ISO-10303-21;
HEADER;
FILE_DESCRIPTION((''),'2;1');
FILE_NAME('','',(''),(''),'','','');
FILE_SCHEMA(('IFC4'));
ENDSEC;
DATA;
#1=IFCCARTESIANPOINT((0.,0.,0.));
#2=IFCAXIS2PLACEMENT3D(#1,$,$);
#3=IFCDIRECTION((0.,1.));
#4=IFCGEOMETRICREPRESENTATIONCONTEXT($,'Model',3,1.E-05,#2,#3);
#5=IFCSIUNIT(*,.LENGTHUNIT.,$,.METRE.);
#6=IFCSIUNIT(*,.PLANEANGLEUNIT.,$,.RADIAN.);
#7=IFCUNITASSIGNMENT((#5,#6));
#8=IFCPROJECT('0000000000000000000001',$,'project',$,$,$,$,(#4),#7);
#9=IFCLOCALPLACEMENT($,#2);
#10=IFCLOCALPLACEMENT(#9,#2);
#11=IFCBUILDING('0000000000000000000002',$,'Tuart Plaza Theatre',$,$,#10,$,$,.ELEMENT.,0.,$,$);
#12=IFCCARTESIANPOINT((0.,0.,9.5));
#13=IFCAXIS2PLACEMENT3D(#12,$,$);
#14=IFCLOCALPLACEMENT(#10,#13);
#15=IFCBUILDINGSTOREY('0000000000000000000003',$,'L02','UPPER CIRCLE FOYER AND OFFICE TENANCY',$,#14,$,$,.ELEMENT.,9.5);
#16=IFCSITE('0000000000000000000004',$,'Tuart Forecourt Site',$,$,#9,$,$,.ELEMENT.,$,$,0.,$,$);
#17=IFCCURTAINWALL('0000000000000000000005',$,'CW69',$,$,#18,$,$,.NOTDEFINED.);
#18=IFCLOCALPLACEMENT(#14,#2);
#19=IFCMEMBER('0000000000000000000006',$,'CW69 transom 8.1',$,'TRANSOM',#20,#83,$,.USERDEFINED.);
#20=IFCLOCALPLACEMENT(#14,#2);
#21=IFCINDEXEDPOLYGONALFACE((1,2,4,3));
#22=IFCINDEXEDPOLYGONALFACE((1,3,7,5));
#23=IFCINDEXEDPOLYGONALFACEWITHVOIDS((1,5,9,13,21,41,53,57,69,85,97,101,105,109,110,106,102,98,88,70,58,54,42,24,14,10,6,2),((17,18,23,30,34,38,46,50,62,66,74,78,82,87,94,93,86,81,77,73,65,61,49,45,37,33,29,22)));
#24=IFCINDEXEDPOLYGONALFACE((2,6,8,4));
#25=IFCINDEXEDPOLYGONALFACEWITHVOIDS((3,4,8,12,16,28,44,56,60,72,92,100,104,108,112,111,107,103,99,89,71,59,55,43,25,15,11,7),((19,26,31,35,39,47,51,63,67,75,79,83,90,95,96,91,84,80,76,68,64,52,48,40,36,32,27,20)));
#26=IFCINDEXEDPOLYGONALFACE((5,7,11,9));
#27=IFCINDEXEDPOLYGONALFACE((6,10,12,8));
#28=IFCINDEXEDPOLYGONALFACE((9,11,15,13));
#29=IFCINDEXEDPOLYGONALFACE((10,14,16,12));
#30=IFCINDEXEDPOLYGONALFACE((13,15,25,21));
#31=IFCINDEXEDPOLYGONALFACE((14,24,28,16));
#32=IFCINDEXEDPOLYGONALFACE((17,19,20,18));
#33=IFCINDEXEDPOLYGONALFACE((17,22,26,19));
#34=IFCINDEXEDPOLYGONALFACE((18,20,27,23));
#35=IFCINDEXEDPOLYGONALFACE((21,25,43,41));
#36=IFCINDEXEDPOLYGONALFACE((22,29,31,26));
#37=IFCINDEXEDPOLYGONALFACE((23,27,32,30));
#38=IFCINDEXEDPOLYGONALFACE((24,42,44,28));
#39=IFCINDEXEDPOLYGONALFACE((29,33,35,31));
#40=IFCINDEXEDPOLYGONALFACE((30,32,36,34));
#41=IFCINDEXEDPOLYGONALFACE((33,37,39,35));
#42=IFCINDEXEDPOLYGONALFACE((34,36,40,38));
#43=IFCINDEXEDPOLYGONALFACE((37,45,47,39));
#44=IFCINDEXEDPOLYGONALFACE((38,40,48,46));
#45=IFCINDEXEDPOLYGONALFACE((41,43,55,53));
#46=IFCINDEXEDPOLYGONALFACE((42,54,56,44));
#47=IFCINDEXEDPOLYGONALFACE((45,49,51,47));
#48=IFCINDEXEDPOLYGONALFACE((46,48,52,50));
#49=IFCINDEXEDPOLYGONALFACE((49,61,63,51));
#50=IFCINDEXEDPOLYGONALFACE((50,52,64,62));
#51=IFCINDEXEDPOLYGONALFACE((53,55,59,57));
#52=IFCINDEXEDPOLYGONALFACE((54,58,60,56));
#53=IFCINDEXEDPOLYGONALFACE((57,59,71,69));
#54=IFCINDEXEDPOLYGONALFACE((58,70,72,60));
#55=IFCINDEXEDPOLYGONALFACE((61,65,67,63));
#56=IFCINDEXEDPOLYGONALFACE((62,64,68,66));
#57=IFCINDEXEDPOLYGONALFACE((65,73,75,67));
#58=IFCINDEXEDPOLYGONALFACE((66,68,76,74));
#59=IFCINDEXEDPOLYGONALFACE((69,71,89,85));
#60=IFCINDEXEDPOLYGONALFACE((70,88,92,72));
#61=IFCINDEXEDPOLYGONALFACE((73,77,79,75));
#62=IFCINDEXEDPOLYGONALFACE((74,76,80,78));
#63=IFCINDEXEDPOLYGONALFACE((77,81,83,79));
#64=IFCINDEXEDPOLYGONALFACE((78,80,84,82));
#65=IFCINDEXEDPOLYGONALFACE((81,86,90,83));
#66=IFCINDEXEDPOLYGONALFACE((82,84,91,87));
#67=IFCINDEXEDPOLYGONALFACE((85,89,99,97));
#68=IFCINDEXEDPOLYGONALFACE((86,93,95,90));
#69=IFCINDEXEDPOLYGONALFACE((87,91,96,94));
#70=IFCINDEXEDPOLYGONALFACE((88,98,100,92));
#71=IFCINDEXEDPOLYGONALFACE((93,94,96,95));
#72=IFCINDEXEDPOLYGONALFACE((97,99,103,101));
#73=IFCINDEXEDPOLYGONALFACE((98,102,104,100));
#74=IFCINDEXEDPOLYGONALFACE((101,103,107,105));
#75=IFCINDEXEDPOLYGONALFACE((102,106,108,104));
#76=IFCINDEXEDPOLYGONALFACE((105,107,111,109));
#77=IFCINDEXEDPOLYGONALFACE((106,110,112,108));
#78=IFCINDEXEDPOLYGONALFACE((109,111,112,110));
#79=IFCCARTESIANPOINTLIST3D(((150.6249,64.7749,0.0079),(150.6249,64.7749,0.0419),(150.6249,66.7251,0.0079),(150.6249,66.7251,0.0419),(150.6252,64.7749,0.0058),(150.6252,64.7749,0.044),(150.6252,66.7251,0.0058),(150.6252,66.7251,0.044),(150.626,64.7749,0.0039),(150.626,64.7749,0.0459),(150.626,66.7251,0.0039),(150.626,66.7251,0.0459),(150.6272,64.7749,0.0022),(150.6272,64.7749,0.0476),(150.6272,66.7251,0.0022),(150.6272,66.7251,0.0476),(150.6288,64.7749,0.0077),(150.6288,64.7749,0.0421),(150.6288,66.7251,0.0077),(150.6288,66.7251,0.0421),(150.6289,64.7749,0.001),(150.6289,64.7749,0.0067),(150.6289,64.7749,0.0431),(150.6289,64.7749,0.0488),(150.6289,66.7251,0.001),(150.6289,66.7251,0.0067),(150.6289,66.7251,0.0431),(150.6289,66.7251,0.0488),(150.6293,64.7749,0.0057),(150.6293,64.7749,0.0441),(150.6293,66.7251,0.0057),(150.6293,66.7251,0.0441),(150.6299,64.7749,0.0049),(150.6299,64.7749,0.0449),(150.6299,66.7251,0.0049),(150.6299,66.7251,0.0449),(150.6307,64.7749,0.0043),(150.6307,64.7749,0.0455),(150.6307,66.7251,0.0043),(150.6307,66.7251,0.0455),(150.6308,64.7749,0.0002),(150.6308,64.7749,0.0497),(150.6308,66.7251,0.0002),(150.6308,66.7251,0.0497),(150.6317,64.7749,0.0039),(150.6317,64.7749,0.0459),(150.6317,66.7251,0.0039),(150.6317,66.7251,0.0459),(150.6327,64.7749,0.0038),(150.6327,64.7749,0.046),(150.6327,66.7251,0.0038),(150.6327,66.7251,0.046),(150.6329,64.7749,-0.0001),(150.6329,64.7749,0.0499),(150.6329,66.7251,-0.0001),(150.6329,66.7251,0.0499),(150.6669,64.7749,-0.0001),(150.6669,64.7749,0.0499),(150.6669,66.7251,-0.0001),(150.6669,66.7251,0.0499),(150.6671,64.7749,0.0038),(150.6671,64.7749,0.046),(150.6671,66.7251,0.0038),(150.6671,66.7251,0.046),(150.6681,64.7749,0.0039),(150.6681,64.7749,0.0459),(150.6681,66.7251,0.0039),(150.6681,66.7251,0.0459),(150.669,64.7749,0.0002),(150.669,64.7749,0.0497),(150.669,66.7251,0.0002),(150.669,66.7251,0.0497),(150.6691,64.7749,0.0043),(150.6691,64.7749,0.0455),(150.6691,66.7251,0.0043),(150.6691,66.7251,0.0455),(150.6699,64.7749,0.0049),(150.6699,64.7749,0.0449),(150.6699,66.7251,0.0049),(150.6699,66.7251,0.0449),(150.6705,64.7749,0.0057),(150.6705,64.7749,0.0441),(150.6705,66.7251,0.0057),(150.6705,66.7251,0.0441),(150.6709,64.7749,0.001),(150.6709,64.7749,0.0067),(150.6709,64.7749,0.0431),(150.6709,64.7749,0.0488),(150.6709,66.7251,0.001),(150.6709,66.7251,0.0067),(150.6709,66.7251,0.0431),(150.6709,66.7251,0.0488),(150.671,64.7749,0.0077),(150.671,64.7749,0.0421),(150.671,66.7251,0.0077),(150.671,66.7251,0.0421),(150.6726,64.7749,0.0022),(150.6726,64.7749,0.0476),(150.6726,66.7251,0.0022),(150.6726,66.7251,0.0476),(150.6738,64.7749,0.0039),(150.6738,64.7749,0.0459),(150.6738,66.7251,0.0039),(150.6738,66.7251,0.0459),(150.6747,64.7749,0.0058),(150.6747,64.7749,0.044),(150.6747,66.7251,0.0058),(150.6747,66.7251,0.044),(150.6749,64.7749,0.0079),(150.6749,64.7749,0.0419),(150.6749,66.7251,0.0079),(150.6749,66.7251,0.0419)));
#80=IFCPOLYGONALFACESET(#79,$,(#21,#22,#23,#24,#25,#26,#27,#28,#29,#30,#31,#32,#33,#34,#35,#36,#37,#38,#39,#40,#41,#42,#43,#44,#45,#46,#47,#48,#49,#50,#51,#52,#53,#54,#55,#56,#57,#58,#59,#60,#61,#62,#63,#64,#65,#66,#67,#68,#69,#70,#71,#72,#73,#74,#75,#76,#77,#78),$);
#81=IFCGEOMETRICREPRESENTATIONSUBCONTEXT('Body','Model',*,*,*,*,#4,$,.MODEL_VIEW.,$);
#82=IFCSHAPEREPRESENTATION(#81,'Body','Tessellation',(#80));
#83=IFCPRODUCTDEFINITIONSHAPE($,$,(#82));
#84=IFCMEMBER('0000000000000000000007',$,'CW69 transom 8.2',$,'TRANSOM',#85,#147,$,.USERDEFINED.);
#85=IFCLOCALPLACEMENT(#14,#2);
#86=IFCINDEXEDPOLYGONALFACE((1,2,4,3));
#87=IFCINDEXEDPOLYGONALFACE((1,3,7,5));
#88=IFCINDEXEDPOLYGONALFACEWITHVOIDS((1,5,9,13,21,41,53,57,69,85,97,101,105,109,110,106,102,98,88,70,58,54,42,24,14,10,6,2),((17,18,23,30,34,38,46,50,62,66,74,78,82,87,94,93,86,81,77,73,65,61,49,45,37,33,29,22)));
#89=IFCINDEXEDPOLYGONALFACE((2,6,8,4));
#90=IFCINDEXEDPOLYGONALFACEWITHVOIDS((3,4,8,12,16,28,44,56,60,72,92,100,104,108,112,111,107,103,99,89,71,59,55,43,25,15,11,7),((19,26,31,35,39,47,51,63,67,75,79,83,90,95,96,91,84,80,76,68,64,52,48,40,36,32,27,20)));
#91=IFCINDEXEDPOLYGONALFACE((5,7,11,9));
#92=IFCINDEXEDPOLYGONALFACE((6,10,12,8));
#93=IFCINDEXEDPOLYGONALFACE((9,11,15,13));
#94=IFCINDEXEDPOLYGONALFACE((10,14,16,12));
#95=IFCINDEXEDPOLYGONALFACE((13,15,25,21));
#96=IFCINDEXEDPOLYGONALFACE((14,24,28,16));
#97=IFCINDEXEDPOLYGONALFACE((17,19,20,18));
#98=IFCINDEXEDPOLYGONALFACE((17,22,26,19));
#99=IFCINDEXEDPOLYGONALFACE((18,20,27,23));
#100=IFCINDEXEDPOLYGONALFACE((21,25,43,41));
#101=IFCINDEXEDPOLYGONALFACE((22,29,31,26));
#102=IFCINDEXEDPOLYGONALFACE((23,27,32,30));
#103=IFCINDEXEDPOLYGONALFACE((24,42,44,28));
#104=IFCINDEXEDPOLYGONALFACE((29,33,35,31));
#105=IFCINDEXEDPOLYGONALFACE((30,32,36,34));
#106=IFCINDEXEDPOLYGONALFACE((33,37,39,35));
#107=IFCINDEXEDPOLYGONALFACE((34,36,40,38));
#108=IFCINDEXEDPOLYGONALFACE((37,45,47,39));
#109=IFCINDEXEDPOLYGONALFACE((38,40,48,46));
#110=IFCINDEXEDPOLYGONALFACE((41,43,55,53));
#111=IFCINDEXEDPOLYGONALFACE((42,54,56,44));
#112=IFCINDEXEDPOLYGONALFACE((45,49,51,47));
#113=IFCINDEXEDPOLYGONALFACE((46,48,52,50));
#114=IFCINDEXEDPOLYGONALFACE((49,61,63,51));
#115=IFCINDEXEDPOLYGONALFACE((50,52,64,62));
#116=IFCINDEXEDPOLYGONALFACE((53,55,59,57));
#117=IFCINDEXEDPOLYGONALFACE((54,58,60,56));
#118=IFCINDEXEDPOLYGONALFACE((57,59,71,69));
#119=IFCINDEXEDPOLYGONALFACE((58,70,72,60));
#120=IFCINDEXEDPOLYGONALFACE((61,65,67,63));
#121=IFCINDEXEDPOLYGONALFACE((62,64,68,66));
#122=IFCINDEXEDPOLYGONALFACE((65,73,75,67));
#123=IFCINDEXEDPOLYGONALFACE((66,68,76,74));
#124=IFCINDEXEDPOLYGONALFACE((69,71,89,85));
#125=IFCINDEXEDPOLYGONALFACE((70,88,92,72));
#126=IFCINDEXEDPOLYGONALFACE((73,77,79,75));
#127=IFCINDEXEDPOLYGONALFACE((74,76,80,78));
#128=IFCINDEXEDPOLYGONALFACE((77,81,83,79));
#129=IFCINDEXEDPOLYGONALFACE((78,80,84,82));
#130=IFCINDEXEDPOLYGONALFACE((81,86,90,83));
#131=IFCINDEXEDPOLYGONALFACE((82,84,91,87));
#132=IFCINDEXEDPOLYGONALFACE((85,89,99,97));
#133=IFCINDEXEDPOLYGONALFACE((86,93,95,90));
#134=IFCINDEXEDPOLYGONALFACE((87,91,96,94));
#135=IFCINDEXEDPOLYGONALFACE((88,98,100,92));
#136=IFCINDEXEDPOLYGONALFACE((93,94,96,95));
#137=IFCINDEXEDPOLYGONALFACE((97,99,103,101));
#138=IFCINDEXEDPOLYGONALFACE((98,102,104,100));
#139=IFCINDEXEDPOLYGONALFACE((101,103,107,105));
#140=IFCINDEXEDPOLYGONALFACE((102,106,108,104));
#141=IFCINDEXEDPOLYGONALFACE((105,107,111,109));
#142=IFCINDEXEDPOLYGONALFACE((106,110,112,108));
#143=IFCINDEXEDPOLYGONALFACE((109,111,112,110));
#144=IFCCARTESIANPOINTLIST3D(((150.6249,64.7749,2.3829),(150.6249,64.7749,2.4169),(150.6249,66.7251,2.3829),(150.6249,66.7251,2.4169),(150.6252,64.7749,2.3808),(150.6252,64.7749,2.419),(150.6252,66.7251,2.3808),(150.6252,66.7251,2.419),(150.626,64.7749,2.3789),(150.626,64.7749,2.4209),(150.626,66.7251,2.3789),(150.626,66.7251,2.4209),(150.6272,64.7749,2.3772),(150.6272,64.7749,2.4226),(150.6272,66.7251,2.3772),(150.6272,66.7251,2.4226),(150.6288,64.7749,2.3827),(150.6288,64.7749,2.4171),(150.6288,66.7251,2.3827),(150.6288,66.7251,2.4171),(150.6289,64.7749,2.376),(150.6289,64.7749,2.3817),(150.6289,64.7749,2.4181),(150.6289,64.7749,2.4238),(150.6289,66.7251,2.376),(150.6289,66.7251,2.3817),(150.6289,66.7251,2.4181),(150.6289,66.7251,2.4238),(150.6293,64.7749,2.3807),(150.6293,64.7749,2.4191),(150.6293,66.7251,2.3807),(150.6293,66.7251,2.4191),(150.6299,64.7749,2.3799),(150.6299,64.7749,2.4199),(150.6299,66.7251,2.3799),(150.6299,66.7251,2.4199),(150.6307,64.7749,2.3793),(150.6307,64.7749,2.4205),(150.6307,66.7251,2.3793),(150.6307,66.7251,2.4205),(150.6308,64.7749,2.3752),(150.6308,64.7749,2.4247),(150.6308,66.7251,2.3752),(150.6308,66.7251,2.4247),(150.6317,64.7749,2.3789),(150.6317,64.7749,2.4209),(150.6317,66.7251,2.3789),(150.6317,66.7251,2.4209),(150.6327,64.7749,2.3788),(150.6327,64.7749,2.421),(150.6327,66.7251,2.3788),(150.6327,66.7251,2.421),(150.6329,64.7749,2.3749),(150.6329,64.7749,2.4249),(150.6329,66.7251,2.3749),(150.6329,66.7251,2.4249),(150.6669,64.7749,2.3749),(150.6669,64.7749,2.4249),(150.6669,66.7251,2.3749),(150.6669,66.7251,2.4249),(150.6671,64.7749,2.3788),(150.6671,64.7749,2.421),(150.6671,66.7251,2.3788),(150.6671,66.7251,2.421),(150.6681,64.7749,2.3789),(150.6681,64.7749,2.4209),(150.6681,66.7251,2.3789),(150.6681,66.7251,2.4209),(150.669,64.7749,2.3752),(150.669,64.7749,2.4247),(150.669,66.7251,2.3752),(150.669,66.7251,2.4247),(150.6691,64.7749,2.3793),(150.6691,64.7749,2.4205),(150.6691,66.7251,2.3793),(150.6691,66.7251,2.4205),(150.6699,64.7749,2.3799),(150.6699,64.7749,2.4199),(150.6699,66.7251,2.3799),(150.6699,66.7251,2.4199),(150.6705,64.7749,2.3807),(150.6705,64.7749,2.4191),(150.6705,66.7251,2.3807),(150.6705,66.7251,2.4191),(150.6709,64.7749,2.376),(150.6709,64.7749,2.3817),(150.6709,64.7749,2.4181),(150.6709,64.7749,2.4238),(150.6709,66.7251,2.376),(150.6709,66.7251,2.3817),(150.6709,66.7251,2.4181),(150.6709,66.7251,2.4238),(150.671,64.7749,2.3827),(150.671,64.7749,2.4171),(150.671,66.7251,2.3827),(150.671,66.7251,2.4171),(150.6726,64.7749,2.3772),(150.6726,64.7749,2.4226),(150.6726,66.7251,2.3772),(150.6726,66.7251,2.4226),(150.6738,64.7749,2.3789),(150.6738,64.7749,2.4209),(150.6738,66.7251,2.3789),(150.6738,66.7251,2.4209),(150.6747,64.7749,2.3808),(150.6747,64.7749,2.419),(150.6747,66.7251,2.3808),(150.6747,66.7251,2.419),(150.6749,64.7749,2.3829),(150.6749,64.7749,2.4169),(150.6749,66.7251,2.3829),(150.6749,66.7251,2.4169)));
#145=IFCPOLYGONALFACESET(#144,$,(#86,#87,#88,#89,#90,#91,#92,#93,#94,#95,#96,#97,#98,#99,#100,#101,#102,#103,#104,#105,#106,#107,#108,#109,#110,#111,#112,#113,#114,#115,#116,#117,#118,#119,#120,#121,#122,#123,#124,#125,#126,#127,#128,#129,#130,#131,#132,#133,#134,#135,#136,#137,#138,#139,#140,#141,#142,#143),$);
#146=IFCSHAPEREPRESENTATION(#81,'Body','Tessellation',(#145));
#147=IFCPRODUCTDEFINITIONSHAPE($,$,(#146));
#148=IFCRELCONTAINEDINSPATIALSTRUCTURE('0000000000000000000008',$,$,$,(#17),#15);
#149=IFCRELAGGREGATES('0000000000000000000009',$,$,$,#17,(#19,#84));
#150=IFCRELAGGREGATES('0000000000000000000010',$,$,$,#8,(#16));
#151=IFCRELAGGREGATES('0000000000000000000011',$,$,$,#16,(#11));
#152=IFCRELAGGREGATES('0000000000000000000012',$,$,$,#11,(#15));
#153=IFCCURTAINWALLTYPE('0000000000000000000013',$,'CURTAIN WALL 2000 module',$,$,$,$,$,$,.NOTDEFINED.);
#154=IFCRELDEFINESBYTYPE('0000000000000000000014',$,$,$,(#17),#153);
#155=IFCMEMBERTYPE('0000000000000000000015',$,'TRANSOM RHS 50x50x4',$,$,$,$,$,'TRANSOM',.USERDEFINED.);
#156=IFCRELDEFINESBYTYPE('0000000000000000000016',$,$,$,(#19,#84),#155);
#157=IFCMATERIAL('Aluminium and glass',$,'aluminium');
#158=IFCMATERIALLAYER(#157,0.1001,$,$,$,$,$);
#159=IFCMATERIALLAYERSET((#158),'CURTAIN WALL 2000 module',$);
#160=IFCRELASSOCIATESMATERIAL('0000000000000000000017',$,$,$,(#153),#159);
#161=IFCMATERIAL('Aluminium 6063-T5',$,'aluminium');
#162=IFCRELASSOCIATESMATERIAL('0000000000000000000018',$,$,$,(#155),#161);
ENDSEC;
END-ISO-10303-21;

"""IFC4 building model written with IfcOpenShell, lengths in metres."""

from ifc_helpers import new_model, si_unit, direction, frame, origin, origin_2d, place, context, subcontext, project, spatial, hollow_rectangle, extrude, material, layer, layer_set, material_profile, profile_set, type_object, element, aggregate, save


model = new_model("IFC4")

# Units and contexts
model_context = context("Model", 3, precision=1e-05, world=origin(), true_north=direction((0.0, 1.0)))
body_context = subcontext(model_context, "Body", "Model", "MODEL_VIEW")
ifc_project = project(units=[si_unit("LENGTHUNIT", "METRE"), si_unit("PLANEANGLEUNIT", "RADIAN")], contexts=[model_context])

# Site, building, storey
site_placement = place(None, origin())
site = spatial("IfcSite", under=ifc_project, at=site_placement, Name="Tuart Forecourt Site", CompositionType="ELEMENT", RefElevation=0.0)
building_placement = place(site_placement, origin())
building = spatial("IfcBuilding", under=site, at=building_placement, Name="Tuart Plaza Theatre", CompositionType="ELEMENT", ElevationOfRefHeight=0.0)
storey_placement = place(building_placement, frame((0.0, 0.0, 9.5)))
storey = spatial("IfcBuildingStorey", under=building, at=storey_placement, Name="L02", Description="UPPER CIRCLE FOYER AND OFFICE TENANCY", CompositionType="ELEMENT", Elevation=9.5)

# Curtain wall, members
ifc_material_1 = material(Name="Aluminium and glass", Category="aluminium")
ifc_layer_1 = layer(ifc_material_1, 0.1001)
ifc_layer_set_1 = layer_set([ifc_layer_1], Name="CURTAIN WALL 2000 module")
curtain_wall_type = type_object("IfcCurtainWallType", Name="CURTAIN WALL 2000 module", PredefinedType="NOTDEFINED", material=ifc_layer_set_1)
curtain_wall_placement = place(storey_placement, origin())
curtain_wall = element("IfcCurtainWall", 1, at=curtain_wall_placement, inside=storey, type_object=curtain_wall_type, Name="CW69", PredefinedType="NOTDEFINED")
ifc_material_2 = material(Name="Aluminium 6063-T5", Category="aluminium")
ifc_material_profile_1 = material_profile(ifc_material_2, hollow_rectangle(XDim=0.05, YDim=0.05, WallThickness=0.0039, InnerFilletRadius=0.0039, OuterFilletRadius=0.0081, at=origin_2d()), Name="RHS 50x50x4")
ifc_profile_set_1 = profile_set([ifc_material_profile_1], Name="Aluminium 6063-T5")
member_type_1 = type_object("IfcMemberType", Name="TRANSOM RHS 50x50x4", ElementType="TRANSOM", PredefinedType="USERDEFINED", material=ifc_profile_set_1)
member_1_placement = place(storey_placement, frame((150.6499, 64.7749, 0.0249), z_axis=(0.0, 1.0, 0.0), x_axis=(-1.0, 0.0, 0.0)))
member_1 = element("IfcMember", 2, at=member_1_placement, type_object=member_type_1, Name="CW69 transom 8.1", ObjectType="TRANSOM", PredefinedType="USERDEFINED", context=body_context, shape_type="SweptSolid", body=[
    extrude(hollow_rectangle(XDim=0.05, YDim=0.05, WallThickness=0.0039, InnerFilletRadius=0.0039, OuterFilletRadius=0.0081, at=origin_2d()), origin(), (0.0, 0.0, 1.0), 1.9502),
])
member_2_placement = place(storey_placement, frame((150.6499, 64.7749, 2.3999), z_axis=(0.0, 1.0, 0.0), x_axis=(-1.0, 0.0, 0.0)))
member_2 = element("IfcMember", 3, at=member_2_placement, type_object=member_type_1, Name="CW69 transom 8.2", ObjectType="TRANSOM", PredefinedType="USERDEFINED", context=body_context, shape_type="SweptSolid", body=[
    extrude(hollow_rectangle(XDim=0.05, YDim=0.05, WallThickness=0.0039, InnerFilletRadius=0.0039, OuterFilletRadius=0.0081, at=origin_2d()), origin(), (0.0, 0.0, 1.0), 1.9502),
])
aggregate(curtain_wall, [member_1, member_2])

save(model, "model.ifc")
